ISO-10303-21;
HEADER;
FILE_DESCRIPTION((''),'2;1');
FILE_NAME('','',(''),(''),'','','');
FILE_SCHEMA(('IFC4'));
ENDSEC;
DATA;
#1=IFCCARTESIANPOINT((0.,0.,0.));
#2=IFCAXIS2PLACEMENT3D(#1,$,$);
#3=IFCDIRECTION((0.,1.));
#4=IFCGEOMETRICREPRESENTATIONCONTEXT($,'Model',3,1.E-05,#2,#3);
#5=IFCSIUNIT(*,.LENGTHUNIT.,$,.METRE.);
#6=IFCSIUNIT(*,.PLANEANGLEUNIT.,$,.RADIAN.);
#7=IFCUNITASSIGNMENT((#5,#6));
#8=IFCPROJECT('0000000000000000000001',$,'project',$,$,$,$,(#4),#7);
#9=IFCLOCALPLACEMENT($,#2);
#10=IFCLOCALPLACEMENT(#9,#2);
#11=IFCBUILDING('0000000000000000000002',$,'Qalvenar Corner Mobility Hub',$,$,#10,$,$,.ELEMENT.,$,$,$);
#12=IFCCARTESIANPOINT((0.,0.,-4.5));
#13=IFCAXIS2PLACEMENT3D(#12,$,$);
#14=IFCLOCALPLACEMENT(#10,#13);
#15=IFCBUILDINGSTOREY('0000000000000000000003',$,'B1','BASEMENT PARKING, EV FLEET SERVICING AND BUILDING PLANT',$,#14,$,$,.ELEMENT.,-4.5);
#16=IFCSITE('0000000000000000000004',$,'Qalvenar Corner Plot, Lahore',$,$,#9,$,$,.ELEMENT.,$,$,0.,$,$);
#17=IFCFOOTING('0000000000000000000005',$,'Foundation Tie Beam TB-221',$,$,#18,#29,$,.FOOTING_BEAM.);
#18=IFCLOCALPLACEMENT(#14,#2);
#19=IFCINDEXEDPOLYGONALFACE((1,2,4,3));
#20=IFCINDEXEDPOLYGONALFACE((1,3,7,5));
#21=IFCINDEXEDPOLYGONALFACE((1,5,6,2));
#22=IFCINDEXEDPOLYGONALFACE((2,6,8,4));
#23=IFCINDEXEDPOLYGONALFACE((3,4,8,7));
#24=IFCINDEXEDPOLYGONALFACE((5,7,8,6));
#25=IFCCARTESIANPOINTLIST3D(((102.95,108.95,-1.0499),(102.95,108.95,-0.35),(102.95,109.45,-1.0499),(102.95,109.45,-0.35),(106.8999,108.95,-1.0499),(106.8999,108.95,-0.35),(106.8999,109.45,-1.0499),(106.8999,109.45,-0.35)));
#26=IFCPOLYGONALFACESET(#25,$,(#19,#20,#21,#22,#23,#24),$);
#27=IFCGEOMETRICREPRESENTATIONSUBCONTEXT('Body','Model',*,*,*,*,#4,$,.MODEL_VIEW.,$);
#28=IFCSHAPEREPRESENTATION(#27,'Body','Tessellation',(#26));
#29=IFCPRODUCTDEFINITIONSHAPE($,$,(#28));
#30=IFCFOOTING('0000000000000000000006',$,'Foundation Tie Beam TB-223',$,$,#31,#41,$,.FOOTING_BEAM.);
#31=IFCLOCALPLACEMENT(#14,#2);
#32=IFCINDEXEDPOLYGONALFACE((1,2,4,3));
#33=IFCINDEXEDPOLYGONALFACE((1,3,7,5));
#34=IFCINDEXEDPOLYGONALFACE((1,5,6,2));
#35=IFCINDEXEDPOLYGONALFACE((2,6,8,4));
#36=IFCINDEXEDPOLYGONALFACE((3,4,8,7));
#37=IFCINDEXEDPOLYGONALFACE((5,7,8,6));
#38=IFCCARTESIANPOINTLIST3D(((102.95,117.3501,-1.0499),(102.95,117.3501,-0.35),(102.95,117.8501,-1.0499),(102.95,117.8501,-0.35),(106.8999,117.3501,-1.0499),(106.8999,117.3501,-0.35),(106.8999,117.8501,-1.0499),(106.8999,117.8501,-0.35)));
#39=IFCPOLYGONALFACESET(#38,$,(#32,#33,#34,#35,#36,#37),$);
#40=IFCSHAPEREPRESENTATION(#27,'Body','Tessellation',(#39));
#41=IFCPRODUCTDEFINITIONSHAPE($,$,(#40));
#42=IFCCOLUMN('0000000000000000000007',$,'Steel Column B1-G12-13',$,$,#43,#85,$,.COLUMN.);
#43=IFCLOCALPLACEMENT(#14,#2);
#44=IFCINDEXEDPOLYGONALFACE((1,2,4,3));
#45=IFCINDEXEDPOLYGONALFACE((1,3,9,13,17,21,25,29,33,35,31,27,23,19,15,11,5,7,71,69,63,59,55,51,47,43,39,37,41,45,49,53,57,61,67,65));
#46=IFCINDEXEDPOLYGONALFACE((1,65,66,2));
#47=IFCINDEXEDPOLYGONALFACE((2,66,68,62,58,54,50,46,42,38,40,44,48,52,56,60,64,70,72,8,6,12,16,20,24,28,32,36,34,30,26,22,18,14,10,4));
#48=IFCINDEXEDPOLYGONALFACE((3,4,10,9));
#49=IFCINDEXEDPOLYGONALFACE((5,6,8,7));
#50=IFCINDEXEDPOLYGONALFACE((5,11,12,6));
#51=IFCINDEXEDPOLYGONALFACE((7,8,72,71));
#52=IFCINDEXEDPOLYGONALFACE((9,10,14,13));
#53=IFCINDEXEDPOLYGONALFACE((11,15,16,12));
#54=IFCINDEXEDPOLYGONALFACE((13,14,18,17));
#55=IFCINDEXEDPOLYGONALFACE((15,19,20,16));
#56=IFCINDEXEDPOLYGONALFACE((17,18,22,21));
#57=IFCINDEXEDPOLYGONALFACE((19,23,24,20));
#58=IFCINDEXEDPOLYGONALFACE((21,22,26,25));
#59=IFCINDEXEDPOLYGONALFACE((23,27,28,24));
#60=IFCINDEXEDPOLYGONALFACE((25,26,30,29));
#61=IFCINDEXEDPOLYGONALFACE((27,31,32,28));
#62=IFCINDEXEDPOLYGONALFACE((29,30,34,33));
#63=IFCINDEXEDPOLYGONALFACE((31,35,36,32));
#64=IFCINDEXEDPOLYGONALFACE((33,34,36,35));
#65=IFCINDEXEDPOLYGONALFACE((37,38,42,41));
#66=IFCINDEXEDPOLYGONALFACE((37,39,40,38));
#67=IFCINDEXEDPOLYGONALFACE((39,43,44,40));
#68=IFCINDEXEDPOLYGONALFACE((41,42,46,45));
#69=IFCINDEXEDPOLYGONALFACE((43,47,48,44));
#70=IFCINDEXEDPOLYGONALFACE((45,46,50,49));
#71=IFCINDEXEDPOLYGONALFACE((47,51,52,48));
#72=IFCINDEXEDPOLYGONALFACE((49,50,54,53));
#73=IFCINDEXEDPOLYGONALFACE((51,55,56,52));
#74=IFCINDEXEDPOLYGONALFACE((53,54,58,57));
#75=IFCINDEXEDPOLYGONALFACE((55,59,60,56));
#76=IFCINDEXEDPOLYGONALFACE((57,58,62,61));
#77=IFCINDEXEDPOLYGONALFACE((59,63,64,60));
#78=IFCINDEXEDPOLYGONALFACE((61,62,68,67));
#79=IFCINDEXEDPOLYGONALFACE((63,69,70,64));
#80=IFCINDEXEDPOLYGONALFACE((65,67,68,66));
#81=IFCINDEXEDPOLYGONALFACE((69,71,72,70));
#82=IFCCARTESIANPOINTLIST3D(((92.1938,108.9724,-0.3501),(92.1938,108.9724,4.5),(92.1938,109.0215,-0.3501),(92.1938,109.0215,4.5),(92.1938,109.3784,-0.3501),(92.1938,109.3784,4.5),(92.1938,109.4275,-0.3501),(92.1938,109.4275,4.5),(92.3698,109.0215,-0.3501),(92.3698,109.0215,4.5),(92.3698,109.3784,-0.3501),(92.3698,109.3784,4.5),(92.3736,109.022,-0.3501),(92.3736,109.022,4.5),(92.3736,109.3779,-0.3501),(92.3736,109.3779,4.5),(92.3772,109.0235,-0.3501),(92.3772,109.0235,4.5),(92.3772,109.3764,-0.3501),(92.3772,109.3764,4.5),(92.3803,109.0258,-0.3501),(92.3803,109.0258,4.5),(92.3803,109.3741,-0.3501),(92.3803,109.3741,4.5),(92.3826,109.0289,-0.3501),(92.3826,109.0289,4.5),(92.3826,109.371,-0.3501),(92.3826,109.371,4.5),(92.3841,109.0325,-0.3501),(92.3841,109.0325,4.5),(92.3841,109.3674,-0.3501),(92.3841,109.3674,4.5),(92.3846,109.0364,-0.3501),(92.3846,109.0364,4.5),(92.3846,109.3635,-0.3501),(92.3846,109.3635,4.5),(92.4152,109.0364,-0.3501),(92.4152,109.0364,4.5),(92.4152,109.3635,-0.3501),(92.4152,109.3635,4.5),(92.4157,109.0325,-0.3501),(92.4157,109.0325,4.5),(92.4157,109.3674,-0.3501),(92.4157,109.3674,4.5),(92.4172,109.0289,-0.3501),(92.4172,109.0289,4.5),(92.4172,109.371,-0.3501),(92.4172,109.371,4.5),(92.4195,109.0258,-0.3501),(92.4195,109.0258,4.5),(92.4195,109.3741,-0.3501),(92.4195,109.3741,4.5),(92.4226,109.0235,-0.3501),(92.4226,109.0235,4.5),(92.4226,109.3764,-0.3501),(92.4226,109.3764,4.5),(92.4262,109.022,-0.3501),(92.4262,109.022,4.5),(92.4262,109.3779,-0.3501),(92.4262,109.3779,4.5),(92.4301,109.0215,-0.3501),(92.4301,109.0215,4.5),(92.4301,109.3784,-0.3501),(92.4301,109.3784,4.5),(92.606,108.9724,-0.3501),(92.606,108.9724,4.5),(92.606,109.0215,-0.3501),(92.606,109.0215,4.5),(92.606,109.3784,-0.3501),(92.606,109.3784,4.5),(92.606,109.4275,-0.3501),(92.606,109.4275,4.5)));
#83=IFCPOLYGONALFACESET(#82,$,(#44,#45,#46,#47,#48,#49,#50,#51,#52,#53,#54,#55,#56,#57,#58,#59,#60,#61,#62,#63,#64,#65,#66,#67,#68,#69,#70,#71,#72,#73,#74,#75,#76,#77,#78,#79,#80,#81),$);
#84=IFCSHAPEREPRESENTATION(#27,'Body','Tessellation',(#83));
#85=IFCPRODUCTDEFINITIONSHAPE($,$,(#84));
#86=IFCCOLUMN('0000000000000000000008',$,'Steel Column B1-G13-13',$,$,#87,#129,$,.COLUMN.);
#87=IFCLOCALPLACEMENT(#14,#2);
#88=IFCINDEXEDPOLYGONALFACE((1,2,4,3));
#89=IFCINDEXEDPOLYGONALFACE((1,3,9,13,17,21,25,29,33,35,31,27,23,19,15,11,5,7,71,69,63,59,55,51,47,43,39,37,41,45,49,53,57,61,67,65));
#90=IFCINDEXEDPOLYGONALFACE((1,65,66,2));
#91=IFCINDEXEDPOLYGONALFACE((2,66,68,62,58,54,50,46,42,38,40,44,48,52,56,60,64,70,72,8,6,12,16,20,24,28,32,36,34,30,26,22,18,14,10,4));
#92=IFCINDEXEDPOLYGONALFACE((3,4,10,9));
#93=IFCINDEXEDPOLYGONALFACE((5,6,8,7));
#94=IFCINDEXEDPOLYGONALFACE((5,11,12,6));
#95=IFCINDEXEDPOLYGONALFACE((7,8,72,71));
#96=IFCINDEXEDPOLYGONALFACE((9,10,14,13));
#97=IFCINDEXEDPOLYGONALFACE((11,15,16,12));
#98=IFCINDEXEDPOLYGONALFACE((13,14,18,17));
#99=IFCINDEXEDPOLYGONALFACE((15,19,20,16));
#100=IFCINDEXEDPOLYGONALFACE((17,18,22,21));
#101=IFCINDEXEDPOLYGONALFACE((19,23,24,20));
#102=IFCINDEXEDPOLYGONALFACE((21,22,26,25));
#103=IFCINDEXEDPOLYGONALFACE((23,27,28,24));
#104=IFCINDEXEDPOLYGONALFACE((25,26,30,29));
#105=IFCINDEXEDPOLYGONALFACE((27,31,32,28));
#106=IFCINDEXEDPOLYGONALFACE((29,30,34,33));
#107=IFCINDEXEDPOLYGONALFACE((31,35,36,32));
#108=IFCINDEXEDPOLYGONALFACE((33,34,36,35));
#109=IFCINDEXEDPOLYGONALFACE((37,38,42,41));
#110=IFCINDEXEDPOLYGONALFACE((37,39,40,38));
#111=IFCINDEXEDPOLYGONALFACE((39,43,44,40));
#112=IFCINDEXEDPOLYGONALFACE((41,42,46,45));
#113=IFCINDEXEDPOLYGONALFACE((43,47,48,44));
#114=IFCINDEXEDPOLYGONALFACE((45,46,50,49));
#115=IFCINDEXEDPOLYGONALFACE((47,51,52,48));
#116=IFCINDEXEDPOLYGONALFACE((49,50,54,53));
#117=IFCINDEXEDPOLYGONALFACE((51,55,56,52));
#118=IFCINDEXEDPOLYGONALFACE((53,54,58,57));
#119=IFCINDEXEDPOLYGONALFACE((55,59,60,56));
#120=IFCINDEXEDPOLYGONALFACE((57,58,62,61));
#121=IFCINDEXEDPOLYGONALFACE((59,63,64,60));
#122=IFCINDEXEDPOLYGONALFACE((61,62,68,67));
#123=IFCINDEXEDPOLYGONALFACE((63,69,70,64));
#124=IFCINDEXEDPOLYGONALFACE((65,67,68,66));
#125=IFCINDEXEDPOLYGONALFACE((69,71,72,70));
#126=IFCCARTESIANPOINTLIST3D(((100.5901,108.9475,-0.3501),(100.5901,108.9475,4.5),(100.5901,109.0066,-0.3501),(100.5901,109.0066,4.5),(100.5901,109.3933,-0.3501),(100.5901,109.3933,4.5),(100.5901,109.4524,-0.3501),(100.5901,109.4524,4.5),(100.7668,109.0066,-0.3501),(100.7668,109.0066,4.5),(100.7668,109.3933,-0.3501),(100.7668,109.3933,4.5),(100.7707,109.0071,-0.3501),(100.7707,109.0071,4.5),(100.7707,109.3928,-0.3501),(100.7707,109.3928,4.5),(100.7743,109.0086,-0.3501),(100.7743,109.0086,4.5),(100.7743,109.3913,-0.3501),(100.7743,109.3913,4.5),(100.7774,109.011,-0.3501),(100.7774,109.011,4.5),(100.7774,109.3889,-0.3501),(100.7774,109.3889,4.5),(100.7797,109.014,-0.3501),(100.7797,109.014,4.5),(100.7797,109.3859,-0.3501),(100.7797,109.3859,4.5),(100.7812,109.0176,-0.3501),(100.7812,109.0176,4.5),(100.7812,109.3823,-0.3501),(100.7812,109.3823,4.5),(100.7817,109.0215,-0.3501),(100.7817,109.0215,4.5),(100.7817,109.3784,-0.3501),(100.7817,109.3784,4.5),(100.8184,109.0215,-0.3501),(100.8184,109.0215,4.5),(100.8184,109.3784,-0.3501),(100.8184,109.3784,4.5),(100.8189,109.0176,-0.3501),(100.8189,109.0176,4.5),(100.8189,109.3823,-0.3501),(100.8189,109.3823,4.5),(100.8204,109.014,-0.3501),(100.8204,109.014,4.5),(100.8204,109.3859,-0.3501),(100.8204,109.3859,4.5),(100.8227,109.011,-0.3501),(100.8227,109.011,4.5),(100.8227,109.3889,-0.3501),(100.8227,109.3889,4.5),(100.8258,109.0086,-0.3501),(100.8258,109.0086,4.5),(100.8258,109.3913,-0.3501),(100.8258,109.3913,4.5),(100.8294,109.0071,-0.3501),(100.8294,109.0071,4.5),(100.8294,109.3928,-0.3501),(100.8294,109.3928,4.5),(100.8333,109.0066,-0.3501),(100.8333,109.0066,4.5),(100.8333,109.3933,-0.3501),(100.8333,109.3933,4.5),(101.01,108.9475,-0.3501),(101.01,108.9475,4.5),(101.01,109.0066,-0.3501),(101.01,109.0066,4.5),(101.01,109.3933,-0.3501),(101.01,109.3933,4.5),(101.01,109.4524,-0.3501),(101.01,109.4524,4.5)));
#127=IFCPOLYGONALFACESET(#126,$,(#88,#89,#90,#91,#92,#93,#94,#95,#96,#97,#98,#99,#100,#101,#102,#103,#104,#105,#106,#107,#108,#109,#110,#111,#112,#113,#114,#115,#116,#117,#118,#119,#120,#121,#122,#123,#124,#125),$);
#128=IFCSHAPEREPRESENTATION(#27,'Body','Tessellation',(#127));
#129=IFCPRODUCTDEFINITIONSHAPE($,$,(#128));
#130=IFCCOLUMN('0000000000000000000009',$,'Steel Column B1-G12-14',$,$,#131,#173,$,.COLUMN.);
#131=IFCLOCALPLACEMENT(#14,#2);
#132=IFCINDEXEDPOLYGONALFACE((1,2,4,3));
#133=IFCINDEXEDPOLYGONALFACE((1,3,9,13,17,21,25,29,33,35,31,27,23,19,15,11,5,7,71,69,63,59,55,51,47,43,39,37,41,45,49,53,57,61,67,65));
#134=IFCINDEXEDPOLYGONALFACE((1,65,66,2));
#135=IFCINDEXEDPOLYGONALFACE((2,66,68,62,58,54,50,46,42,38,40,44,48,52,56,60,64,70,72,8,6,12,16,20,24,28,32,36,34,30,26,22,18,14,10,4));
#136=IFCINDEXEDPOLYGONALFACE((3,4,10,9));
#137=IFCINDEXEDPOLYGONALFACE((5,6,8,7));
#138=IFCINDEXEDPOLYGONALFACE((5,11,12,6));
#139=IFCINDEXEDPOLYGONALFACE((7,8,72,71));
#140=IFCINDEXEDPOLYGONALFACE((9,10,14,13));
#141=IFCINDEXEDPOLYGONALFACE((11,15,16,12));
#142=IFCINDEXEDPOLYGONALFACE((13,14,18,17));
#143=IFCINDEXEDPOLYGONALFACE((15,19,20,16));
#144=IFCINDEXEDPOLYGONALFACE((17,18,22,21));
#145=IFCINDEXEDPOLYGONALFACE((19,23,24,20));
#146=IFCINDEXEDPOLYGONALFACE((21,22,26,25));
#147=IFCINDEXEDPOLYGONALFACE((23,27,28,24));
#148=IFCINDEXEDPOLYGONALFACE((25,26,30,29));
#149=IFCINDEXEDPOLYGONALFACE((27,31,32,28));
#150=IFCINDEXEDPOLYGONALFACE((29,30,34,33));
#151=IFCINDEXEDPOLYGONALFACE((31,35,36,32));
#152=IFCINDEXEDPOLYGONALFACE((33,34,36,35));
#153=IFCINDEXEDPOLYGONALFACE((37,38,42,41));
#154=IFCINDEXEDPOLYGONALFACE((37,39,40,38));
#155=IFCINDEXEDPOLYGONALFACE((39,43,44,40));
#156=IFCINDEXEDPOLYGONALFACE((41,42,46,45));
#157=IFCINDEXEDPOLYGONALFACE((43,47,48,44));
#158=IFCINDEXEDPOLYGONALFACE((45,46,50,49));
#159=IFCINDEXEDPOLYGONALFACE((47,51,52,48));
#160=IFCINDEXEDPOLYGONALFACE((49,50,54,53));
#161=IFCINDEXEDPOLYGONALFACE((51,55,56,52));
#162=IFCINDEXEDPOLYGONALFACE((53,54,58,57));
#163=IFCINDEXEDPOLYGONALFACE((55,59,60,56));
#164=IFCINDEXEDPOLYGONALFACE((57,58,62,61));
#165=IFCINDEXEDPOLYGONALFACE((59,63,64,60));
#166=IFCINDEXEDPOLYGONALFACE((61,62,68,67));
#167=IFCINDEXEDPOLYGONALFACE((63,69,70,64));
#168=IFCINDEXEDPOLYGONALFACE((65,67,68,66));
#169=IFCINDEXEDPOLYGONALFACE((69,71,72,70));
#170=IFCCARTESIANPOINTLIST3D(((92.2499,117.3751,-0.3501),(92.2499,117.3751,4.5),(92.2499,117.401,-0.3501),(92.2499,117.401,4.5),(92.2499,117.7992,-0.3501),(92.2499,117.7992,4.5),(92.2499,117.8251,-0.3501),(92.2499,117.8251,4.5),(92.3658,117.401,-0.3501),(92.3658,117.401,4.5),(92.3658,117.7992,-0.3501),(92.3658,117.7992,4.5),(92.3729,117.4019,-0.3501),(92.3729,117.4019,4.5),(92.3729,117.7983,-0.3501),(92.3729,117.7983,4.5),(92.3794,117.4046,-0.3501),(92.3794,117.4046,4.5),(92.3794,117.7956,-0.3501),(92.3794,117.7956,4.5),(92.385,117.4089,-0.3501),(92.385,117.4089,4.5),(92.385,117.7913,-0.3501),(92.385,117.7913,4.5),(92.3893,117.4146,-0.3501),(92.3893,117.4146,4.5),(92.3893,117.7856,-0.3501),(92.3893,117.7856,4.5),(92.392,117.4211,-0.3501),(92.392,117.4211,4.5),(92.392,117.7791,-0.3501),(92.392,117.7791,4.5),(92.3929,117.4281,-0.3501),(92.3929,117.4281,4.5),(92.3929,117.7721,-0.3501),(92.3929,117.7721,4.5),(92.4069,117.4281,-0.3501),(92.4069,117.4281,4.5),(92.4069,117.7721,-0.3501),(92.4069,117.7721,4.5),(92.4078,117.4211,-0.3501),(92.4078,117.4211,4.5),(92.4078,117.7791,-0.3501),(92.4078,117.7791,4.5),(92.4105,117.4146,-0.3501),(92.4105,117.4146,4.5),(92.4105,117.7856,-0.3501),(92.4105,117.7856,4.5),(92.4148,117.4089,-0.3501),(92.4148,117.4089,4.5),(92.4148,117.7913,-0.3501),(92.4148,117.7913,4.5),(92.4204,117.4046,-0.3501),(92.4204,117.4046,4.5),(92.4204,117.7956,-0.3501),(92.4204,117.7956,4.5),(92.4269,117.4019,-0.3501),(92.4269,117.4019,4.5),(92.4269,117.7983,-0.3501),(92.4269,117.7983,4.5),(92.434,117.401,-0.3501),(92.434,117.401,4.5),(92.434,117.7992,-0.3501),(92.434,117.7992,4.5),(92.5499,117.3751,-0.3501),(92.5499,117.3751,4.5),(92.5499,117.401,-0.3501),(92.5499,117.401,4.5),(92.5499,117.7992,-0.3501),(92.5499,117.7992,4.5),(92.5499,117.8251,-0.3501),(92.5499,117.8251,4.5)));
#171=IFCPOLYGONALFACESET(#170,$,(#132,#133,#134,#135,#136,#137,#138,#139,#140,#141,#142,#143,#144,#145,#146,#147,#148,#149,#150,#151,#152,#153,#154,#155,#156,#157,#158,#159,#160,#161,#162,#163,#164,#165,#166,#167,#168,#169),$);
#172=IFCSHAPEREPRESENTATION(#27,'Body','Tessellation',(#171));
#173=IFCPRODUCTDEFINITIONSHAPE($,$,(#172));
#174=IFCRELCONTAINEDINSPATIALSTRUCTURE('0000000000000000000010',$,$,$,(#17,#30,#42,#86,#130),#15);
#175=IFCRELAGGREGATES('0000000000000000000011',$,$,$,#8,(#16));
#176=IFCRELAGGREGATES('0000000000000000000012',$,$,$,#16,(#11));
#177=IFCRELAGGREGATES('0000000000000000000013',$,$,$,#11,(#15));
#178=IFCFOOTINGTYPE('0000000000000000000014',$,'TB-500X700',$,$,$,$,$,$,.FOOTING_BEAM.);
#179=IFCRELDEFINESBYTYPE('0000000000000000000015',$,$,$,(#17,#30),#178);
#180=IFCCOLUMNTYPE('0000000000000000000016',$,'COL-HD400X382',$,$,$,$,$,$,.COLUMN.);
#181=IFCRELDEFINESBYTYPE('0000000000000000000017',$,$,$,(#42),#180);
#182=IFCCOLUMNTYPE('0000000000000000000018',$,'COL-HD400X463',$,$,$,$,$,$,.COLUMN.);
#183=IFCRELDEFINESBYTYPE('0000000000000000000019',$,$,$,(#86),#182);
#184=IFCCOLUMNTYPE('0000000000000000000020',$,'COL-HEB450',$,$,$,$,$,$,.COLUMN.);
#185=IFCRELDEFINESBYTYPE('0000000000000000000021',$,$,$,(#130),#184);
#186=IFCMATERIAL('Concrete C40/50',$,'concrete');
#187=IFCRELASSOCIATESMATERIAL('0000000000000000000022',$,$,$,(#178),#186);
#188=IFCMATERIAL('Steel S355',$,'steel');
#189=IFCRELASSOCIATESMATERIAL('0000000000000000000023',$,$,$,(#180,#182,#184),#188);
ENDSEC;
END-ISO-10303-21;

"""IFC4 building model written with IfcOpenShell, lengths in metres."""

from ifc_helpers import new_model, si_unit, direction, frame, origin, origin_2d, place, context, subcontext, project, spatial, rectangle, i_section, extrude, material, material_profile, profile_set, type_object, element, save


model = new_model("IFC4")

# Units and contexts
model_context = context("Model", 3, precision=1e-05, world=origin(), true_north=direction((0.0, 1.0)))
body_context = subcontext(model_context, "Body", "Model", "MODEL_VIEW")
ifc_project = project(units=[si_unit("LENGTHUNIT", "METRE"), si_unit("PLANEANGLEUNIT", "RADIAN")], contexts=[model_context])

# Site, building, storey
site_placement = place(None, origin())
site = spatial("IfcSite", under=ifc_project, at=site_placement, Name="Qalvenar Corner Plot, Lahore", CompositionType="ELEMENT", RefElevation=0.0)
building_placement = place(site_placement, origin())
building = spatial("IfcBuilding", under=site, at=building_placement, Name="Qalvenar Corner Mobility Hub", CompositionType="ELEMENT")
storey_placement = place(building_placement, frame((0.0, 0.0, -4.5)))
storey = spatial("IfcBuildingStorey", under=building, at=storey_placement, Name="B1", Description="BASEMENT PARKING, EV FLEET SERVICING AND BUILDING PLANT", CompositionType="ELEMENT", Elevation=-4.5)

# Shared definitions
ifc_material_1 = material(Name="Concrete C40/50", Category="concrete")

# Footings
ifc_material_profile_1 = material_profile(ifc_material_1, rectangle(XDim=0.5, YDim=0.7, at=origin_2d()), Name="RC500x700")
ifc_profile_set_1 = profile_set([ifc_material_profile_1], Name="Concrete C40/50")
footing_type_1 = type_object("IfcFootingType", Name="TB-500X700", PredefinedType="FOOTING_BEAM", material=ifc_profile_set_1)
for number, where, z_axis, x_axis, name in (
    (1, (102.95, 109.2, -0.7), (1.0, 0.0, 0.0), (0.0, 1.0, 0.0), "Foundation Tie Beam TB-221"),
    (2, (102.95, 117.6001, -0.7), (1.0, 0.0, 0.0), (0.0, 1.0, 0.0), "Foundation Tie Beam TB-223"),
):
    element("IfcFooting", number, at=place(storey_placement, frame(where, z_axis=z_axis, x_axis=x_axis)), inside=storey, type_object=footing_type_1, Name=name, PredefinedType="FOOTING_BEAM", context=body_context, shape_type="SweptSolid", body=[
        extrude(rectangle(XDim=0.5, YDim=0.7, at=origin_2d()), origin(), (0.0, 0.0, 1.0), 3.95),
    ])

# Columns
ifc_material_2 = material(Name="Steel S355", Category="steel")
ifc_material_profile_2 = material_profile(ifc_material_2, i_section(OverallWidth=0.4121, OverallDepth=0.4551, WebThickness=0.0305, FlangeThickness=0.0491, FilletRadius=0.0149, at=origin_2d()), Name="HD400x421")
ifc_profile_set_2 = profile_set([ifc_material_profile_2], Name="Steel S355")
column_type_1 = type_object("IfcColumnType", Name="COL-HD400X382", PredefinedType="COLUMN", material=ifc_profile_set_2)
column_1_placement = place(storey_placement, frame((92.3999, 109.2, -0.3501), z_axis=(0.0, 0.0, 1.0), x_axis=(1.0, 0.0, 0.0)))
element("IfcColumn", 3, at=column_1_placement, inside=storey, type_object=column_type_1, Name="Steel Column B1-G12-13", PredefinedType="COLUMN", context=body_context, shape_type="SweptSolid", body=[
    extrude(i_section(OverallWidth=0.4121, OverallDepth=0.4551, WebThickness=0.0305, FlangeThickness=0.0491, FilletRadius=0.0149, at=origin_2d()), origin(), (0.0, 0.0, 1.0), 4.8501),
])
ifc_material_profile_3 = material_profile(ifc_material_2, i_section(OverallWidth=0.4199, OverallDepth=0.5049, WebThickness=0.0366, FlangeThickness=0.0591, FilletRadius=0.0149, at=origin_2d()), Name="HD400x551")
ifc_profile_set_3 = profile_set([ifc_material_profile_3], Name="Steel S355")
column_type_2 = type_object("IfcColumnType", Name="COL-HD400X463", PredefinedType="COLUMN", material=ifc_profile_set_3)
column_2_placement = place(storey_placement, frame((100.8, 109.2, -0.3501), z_axis=(0.0, 0.0, 1.0), x_axis=(1.0, 0.0, 0.0)))
element("IfcColumn", 4, at=column_2_placement, inside=storey, type_object=column_type_2, Name="Steel Column B1-G13-13", PredefinedType="COLUMN", context=body_context, shape_type="SweptSolid", body=[
    extrude(i_section(OverallWidth=0.4199, OverallDepth=0.5049, WebThickness=0.0366, FlangeThickness=0.0591, FilletRadius=0.0149, at=origin_2d()), origin(), (0.0, 0.0, 1.0), 4.8501),
])
ifc_material_profile_4 = material_profile(ifc_material_2, i_section(OverallWidth=0.3, OverallDepth=0.45, WebThickness=0.0139, FlangeThickness=0.0259, FilletRadius=0.0271, at=origin_2d()), Name="HEB450")
ifc_profile_set_4 = profile_set([ifc_material_profile_4], Name="Steel S355")
column_type_3 = type_object("IfcColumnType", Name="COL-HEB450", PredefinedType="COLUMN", material=ifc_profile_set_4)
column_3_placement = place(storey_placement, frame((92.3999, 117.6001, -0.3501), z_axis=(0.0, 0.0, 1.0), x_axis=(1.0, 0.0, 0.0)))
element("IfcColumn", 5, at=column_3_placement, inside=storey, type_object=column_type_3, Name="Steel Column B1-G12-14", PredefinedType="COLUMN", context=body_context, shape_type="SweptSolid", body=[
    extrude(i_section(OverallWidth=0.3, OverallDepth=0.45, WebThickness=0.0139, FlangeThickness=0.0259, FilletRadius=0.0271, at=origin_2d()), origin(), (0.0, 0.0, 1.0), 4.8501),
])

save(model, "model.ifc")
